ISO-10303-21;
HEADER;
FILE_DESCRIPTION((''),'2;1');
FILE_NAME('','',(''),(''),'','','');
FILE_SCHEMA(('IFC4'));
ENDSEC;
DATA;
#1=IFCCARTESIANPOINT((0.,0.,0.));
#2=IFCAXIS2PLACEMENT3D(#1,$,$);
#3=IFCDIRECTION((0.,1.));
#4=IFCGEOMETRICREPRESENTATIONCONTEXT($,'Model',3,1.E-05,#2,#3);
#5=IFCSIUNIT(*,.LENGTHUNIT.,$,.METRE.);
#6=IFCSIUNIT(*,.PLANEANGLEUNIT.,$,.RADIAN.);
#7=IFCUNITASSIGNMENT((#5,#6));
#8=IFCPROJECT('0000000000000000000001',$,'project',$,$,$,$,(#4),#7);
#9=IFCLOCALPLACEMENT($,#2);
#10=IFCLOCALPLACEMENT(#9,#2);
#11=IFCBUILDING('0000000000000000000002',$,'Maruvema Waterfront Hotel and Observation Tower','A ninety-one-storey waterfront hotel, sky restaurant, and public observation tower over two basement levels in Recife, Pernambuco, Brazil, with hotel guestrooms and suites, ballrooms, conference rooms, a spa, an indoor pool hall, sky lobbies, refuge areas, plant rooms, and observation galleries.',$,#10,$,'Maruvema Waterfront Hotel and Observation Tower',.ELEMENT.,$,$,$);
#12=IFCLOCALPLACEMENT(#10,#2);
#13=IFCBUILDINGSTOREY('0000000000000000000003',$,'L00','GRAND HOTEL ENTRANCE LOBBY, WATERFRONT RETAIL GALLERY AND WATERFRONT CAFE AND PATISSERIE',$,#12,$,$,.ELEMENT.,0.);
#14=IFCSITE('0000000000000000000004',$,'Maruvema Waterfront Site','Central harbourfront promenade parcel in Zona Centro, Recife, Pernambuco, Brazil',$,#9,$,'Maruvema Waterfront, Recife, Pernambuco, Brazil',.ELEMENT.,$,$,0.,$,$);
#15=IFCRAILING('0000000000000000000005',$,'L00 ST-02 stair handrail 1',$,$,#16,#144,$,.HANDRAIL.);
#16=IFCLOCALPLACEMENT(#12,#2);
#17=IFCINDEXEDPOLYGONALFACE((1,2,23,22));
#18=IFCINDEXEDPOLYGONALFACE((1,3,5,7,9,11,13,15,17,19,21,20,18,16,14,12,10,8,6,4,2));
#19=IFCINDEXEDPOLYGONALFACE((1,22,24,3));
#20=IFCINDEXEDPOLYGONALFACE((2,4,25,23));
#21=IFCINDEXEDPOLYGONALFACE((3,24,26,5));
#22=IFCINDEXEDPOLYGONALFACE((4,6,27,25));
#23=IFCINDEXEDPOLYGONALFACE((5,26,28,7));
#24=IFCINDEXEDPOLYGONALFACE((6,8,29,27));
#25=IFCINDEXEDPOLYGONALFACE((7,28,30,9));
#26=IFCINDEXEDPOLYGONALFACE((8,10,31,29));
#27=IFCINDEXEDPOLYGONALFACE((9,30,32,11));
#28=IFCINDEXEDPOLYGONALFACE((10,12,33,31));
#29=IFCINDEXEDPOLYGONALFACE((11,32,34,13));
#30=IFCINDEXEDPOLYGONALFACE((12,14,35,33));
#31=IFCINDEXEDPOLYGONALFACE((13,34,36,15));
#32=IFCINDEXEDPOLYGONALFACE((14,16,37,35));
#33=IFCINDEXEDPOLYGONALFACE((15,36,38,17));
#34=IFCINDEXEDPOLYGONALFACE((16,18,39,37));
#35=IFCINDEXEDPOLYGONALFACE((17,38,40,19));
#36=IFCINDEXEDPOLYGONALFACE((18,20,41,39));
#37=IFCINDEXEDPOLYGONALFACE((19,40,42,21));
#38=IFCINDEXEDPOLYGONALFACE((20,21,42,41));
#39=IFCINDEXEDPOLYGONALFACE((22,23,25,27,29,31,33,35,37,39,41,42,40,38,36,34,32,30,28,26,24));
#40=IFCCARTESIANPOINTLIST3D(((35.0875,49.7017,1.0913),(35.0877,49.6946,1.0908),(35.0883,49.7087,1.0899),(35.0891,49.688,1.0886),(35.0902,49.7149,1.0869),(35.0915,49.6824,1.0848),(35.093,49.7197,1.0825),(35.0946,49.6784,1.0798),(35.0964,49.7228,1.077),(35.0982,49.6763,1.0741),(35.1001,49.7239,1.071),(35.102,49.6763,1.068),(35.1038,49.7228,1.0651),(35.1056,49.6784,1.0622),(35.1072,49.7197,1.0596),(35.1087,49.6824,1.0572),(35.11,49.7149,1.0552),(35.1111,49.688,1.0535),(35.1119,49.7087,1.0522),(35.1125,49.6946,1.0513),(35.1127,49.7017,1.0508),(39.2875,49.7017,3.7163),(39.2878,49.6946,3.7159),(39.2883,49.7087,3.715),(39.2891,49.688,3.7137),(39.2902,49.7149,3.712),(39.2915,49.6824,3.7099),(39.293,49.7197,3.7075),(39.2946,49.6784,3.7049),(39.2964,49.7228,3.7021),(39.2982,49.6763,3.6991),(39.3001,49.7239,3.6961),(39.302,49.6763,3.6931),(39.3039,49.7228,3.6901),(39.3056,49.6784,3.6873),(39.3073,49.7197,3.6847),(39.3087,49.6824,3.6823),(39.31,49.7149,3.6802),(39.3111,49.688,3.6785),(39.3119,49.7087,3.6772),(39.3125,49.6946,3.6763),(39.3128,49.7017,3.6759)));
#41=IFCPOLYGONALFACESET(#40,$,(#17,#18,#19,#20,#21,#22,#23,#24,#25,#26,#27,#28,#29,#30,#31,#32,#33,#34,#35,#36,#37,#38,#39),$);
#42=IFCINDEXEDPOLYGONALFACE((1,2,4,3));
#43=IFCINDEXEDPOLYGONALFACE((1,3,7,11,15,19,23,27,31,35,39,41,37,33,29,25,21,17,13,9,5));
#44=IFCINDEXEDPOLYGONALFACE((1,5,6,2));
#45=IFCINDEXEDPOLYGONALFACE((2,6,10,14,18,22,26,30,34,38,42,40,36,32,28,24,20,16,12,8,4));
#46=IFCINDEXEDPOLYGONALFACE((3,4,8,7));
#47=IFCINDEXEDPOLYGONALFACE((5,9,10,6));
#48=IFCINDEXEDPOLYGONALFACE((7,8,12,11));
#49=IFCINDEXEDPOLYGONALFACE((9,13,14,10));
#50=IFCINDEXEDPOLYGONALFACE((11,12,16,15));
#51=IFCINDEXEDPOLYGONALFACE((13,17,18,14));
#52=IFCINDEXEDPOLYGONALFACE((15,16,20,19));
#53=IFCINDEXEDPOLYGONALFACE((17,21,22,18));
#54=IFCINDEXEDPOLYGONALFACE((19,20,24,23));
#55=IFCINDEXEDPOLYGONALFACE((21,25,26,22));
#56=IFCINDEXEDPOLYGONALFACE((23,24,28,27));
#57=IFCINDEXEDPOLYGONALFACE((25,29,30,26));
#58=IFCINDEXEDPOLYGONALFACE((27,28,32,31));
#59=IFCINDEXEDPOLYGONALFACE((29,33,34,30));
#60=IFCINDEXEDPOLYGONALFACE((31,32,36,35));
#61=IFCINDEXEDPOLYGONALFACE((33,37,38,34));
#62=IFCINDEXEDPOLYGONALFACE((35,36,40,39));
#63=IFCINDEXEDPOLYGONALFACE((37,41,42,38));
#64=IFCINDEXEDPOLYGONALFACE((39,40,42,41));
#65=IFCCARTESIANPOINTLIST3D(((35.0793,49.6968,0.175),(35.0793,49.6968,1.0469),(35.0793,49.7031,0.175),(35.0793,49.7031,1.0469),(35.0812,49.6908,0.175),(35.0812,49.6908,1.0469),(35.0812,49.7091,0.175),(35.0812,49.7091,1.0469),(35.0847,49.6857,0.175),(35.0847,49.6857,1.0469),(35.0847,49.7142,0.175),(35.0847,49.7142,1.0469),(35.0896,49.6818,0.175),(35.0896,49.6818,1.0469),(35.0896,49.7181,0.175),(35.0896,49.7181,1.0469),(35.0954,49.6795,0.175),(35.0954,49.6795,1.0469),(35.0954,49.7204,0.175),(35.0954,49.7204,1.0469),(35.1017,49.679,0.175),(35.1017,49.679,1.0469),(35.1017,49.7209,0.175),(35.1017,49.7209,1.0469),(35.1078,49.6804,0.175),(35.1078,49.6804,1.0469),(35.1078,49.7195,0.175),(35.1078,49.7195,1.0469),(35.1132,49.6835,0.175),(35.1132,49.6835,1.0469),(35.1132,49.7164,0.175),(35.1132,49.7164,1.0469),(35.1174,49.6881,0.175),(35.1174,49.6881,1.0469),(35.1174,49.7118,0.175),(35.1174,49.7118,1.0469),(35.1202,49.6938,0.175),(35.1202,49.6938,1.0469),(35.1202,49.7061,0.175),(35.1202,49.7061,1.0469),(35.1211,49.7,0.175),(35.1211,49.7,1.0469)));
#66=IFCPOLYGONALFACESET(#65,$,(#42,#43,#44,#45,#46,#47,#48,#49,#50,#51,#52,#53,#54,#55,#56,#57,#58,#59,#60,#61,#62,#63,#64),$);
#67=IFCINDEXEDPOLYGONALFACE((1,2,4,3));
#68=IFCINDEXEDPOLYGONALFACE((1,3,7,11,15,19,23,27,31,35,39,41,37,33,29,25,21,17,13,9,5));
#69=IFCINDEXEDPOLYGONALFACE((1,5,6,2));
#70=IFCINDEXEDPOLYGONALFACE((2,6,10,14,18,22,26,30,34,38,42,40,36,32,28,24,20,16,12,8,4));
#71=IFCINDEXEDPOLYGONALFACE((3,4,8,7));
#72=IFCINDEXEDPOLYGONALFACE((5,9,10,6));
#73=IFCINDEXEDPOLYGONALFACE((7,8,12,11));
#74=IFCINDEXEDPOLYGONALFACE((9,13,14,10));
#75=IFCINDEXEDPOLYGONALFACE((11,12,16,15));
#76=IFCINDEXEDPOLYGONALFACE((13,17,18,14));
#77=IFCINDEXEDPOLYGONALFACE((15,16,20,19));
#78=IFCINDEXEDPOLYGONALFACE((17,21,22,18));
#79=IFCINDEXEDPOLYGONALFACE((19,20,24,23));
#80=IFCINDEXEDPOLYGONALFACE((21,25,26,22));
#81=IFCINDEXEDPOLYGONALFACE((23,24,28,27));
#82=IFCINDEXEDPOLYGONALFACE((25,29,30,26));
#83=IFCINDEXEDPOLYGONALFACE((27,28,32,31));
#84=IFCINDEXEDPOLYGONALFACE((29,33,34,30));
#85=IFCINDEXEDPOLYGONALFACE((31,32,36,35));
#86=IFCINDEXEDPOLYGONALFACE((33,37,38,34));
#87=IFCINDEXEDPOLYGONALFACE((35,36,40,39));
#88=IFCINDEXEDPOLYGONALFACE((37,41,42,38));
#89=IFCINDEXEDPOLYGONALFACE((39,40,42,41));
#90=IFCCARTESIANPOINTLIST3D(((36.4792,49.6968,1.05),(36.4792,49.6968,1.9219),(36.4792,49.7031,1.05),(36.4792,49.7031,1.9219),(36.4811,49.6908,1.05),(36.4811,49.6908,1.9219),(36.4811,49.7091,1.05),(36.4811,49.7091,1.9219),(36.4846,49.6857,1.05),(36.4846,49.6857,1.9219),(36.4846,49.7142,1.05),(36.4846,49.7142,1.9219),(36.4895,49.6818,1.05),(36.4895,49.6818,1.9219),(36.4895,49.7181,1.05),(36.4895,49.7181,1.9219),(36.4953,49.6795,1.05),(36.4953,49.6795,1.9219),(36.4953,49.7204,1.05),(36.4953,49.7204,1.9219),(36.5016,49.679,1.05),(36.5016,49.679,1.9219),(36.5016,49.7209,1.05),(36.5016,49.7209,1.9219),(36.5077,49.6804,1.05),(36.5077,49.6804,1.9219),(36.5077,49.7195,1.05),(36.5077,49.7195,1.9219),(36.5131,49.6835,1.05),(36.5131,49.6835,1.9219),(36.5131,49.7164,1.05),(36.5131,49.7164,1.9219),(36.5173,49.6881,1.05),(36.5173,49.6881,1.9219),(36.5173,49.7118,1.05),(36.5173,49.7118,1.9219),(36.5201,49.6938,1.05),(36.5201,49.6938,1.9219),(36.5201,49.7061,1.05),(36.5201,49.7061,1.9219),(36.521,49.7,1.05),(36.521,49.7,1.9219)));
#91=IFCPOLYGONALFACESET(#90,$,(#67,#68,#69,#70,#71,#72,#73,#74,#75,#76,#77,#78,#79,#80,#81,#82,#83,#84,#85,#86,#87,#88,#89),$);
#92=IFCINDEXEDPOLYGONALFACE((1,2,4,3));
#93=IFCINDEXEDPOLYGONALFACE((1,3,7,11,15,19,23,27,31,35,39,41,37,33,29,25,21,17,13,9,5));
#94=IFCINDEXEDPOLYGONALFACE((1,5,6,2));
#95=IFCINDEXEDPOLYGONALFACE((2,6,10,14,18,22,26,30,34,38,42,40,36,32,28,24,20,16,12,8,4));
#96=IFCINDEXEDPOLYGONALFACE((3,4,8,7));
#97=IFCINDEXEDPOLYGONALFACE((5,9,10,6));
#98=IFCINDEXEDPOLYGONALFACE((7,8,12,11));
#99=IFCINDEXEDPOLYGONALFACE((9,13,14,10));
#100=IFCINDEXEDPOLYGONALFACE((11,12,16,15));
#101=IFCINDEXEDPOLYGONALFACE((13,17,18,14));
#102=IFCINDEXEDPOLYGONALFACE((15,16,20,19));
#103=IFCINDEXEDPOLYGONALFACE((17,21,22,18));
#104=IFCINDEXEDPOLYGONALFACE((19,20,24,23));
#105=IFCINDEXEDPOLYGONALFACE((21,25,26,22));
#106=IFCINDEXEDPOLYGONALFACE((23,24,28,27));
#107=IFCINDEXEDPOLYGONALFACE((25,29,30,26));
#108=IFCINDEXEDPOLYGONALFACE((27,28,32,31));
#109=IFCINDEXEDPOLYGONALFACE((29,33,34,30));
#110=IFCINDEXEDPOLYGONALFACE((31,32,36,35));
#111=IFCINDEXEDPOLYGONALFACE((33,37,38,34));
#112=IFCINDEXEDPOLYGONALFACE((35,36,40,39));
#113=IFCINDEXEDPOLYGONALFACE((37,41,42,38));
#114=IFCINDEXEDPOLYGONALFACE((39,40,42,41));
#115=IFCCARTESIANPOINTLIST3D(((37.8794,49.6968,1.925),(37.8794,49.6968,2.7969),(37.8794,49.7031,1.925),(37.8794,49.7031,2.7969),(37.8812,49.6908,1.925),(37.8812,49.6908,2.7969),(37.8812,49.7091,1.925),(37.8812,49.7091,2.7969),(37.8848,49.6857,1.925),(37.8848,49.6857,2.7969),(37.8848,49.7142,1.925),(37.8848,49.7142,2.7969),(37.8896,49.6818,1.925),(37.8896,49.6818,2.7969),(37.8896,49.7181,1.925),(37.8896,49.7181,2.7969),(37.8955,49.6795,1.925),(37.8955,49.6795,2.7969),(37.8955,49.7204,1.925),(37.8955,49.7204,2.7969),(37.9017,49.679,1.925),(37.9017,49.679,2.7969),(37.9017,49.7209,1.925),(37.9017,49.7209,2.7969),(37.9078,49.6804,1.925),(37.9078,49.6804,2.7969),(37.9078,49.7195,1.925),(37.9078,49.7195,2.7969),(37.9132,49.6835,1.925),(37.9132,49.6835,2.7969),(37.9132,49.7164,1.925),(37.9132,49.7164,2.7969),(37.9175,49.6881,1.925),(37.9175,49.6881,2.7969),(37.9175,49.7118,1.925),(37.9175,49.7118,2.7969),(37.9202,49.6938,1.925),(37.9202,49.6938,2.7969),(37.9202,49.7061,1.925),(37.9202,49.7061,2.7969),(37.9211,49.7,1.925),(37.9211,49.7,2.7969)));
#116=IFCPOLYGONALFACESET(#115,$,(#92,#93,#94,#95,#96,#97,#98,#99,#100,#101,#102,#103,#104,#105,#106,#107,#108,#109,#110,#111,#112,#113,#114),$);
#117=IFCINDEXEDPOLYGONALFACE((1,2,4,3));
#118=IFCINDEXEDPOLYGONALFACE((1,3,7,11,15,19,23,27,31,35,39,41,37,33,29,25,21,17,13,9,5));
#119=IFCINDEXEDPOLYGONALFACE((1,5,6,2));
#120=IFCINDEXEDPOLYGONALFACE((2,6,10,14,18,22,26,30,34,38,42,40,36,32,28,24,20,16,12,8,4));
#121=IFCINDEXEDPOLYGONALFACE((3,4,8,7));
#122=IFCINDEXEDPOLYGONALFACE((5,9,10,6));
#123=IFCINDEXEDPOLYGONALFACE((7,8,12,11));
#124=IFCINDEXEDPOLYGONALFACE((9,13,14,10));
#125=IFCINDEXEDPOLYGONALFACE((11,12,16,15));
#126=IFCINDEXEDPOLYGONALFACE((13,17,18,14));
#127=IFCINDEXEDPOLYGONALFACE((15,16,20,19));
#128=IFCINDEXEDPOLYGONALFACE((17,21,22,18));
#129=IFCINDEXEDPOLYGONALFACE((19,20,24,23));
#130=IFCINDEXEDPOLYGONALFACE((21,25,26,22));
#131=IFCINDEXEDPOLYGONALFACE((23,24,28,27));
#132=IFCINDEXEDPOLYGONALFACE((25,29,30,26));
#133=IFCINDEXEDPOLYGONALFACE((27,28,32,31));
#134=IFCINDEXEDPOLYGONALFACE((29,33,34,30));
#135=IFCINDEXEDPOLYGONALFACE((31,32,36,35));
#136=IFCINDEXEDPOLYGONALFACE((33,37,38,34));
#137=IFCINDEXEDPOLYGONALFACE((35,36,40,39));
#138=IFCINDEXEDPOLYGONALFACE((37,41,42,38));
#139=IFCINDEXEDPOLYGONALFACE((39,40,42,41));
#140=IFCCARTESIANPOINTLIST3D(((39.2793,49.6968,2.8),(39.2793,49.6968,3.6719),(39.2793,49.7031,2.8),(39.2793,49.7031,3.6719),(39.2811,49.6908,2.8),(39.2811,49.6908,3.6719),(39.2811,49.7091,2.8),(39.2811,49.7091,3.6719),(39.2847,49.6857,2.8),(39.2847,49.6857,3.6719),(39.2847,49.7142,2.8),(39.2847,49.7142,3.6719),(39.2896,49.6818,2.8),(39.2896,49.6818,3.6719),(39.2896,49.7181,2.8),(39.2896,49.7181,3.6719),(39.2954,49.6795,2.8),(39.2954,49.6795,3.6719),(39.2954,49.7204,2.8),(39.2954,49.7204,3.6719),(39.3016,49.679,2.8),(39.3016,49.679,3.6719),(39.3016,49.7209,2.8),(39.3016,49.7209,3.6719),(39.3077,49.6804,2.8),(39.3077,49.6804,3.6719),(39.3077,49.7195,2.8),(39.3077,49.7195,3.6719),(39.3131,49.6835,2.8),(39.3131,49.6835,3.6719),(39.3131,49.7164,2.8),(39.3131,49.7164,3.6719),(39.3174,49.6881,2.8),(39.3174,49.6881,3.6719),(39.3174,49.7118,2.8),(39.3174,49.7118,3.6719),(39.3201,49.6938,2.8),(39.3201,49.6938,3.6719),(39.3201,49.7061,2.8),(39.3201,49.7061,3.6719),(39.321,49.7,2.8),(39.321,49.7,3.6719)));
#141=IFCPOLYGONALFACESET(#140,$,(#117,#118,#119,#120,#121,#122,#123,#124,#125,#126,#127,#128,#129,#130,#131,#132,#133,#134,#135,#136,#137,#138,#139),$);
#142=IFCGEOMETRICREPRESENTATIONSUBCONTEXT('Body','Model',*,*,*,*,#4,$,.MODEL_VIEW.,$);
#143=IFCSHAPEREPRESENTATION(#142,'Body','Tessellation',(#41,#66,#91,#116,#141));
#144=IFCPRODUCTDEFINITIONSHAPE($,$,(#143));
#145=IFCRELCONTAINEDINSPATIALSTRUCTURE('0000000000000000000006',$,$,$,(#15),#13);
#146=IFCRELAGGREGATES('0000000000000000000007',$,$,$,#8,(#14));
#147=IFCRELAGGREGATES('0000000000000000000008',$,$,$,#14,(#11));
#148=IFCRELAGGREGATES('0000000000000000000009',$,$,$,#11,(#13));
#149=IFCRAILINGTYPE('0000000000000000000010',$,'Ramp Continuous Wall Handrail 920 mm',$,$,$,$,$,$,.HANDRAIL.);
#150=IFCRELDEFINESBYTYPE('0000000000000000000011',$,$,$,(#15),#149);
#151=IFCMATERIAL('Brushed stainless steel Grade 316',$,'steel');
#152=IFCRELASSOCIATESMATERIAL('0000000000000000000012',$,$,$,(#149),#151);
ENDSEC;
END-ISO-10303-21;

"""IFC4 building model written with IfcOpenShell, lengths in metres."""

from ifc_helpers import new_model, si_unit, direction, frame, origin, origin_2d, place, context, subcontext, project, spatial, circle, extrude, material, type_object, element, save


model = new_model("IFC4")

# Units and contexts
model_context = context("Model", 3, precision=1e-05, world=origin(), true_north=direction((0.0, 1.0)))
body_context = subcontext(model_context, "Body", "Model", "MODEL_VIEW")
ifc_project = project(units=[si_unit("LENGTHUNIT", "METRE"), si_unit("PLANEANGLEUNIT", "RADIAN")], contexts=[model_context])

# Site, building, storey
site_placement = place(None, origin())
site = spatial("IfcSite", under=ifc_project, at=site_placement, Name="Maruvema Waterfront Site", Description="Central harbourfront promenade parcel in Zona Centro, Recife, Pernambuco, Brazil", LongName="Maruvema Waterfront, Recife, Pernambuco, Brazil", CompositionType="ELEMENT", RefElevation=0.0)
building_placement = place(site_placement, origin())
building = spatial("IfcBuilding", under=site, at=building_placement, Name="Maruvema Waterfront Hotel and Observation Tower", Description="A ninety-one-storey waterfront hotel, sky restaurant, and public observation tower over two basement levels in Recife, Pernambuco, Brazil, with hotel guestrooms and suites, ballrooms, conference rooms, a spa, an indoor pool hall, sky lobbies, refuge areas, plant rooms, and observation galleries.", LongName="Maruvema Waterfront Hotel and Observation Tower", CompositionType="ELEMENT")
storey_placement = place(building_placement, origin())
storey = spatial("IfcBuildingStorey", under=building, at=storey_placement, Name="L00", Description="GRAND HOTEL ENTRANCE LOBBY, WATERFRONT RETAIL GALLERY AND WATERFRONT CAFE AND PATISSERIE", CompositionType="ELEMENT", Elevation=0.0)

# Railing
ifc_material_1 = material(Name="Brushed stainless steel Grade 316", Category="steel")
railing_type_1 = type_object("IfcRailingType", Name="Ramp Continuous Wall Handrail 920 mm", PredefinedType="HANDRAIL", material=ifc_material_1)
railing_1_placement = place(storey_placement, frame((35.1001, 49.7, 0.175)))
element("IfcRailing", 1, at=railing_1_placement, inside=storey, type_object=railing_type_1, Name="L00 ST-02 stair handrail 1", PredefinedType="HANDRAIL", context=body_context, shape_type="SweptSolid", body=[
    extrude(circle(Radius=0.0239, at=origin_2d()), frame((0.0, 0.0, 0.896), z_axis=(0.847996, 0.0, 0.530003), x_axis=(0.0, 1.0, 0.0)), (0.0, 0.0, 1.0), 4.9529),
    extrude(circle(Radius=0.021, at=origin_2d()), origin(), (0.0, 0.0, 1.0), 0.8718),
    extrude(circle(Radius=0.021, at=origin_2d()), frame((1.3999, 0.0, 0.875)), (0.0, 0.0, 1.0), 0.8718),
    extrude(circle(Radius=0.021, at=origin_2d()), frame((2.8, 0.0, 1.75)), (0.0, 0.0, 1.0), 0.8718),
    extrude(circle(Radius=0.021, at=origin_2d()), frame((4.2, 0.0, 2.625)), (0.0, 0.0, 1.0), 0.8718),
])

save(model, "model.ifc")
